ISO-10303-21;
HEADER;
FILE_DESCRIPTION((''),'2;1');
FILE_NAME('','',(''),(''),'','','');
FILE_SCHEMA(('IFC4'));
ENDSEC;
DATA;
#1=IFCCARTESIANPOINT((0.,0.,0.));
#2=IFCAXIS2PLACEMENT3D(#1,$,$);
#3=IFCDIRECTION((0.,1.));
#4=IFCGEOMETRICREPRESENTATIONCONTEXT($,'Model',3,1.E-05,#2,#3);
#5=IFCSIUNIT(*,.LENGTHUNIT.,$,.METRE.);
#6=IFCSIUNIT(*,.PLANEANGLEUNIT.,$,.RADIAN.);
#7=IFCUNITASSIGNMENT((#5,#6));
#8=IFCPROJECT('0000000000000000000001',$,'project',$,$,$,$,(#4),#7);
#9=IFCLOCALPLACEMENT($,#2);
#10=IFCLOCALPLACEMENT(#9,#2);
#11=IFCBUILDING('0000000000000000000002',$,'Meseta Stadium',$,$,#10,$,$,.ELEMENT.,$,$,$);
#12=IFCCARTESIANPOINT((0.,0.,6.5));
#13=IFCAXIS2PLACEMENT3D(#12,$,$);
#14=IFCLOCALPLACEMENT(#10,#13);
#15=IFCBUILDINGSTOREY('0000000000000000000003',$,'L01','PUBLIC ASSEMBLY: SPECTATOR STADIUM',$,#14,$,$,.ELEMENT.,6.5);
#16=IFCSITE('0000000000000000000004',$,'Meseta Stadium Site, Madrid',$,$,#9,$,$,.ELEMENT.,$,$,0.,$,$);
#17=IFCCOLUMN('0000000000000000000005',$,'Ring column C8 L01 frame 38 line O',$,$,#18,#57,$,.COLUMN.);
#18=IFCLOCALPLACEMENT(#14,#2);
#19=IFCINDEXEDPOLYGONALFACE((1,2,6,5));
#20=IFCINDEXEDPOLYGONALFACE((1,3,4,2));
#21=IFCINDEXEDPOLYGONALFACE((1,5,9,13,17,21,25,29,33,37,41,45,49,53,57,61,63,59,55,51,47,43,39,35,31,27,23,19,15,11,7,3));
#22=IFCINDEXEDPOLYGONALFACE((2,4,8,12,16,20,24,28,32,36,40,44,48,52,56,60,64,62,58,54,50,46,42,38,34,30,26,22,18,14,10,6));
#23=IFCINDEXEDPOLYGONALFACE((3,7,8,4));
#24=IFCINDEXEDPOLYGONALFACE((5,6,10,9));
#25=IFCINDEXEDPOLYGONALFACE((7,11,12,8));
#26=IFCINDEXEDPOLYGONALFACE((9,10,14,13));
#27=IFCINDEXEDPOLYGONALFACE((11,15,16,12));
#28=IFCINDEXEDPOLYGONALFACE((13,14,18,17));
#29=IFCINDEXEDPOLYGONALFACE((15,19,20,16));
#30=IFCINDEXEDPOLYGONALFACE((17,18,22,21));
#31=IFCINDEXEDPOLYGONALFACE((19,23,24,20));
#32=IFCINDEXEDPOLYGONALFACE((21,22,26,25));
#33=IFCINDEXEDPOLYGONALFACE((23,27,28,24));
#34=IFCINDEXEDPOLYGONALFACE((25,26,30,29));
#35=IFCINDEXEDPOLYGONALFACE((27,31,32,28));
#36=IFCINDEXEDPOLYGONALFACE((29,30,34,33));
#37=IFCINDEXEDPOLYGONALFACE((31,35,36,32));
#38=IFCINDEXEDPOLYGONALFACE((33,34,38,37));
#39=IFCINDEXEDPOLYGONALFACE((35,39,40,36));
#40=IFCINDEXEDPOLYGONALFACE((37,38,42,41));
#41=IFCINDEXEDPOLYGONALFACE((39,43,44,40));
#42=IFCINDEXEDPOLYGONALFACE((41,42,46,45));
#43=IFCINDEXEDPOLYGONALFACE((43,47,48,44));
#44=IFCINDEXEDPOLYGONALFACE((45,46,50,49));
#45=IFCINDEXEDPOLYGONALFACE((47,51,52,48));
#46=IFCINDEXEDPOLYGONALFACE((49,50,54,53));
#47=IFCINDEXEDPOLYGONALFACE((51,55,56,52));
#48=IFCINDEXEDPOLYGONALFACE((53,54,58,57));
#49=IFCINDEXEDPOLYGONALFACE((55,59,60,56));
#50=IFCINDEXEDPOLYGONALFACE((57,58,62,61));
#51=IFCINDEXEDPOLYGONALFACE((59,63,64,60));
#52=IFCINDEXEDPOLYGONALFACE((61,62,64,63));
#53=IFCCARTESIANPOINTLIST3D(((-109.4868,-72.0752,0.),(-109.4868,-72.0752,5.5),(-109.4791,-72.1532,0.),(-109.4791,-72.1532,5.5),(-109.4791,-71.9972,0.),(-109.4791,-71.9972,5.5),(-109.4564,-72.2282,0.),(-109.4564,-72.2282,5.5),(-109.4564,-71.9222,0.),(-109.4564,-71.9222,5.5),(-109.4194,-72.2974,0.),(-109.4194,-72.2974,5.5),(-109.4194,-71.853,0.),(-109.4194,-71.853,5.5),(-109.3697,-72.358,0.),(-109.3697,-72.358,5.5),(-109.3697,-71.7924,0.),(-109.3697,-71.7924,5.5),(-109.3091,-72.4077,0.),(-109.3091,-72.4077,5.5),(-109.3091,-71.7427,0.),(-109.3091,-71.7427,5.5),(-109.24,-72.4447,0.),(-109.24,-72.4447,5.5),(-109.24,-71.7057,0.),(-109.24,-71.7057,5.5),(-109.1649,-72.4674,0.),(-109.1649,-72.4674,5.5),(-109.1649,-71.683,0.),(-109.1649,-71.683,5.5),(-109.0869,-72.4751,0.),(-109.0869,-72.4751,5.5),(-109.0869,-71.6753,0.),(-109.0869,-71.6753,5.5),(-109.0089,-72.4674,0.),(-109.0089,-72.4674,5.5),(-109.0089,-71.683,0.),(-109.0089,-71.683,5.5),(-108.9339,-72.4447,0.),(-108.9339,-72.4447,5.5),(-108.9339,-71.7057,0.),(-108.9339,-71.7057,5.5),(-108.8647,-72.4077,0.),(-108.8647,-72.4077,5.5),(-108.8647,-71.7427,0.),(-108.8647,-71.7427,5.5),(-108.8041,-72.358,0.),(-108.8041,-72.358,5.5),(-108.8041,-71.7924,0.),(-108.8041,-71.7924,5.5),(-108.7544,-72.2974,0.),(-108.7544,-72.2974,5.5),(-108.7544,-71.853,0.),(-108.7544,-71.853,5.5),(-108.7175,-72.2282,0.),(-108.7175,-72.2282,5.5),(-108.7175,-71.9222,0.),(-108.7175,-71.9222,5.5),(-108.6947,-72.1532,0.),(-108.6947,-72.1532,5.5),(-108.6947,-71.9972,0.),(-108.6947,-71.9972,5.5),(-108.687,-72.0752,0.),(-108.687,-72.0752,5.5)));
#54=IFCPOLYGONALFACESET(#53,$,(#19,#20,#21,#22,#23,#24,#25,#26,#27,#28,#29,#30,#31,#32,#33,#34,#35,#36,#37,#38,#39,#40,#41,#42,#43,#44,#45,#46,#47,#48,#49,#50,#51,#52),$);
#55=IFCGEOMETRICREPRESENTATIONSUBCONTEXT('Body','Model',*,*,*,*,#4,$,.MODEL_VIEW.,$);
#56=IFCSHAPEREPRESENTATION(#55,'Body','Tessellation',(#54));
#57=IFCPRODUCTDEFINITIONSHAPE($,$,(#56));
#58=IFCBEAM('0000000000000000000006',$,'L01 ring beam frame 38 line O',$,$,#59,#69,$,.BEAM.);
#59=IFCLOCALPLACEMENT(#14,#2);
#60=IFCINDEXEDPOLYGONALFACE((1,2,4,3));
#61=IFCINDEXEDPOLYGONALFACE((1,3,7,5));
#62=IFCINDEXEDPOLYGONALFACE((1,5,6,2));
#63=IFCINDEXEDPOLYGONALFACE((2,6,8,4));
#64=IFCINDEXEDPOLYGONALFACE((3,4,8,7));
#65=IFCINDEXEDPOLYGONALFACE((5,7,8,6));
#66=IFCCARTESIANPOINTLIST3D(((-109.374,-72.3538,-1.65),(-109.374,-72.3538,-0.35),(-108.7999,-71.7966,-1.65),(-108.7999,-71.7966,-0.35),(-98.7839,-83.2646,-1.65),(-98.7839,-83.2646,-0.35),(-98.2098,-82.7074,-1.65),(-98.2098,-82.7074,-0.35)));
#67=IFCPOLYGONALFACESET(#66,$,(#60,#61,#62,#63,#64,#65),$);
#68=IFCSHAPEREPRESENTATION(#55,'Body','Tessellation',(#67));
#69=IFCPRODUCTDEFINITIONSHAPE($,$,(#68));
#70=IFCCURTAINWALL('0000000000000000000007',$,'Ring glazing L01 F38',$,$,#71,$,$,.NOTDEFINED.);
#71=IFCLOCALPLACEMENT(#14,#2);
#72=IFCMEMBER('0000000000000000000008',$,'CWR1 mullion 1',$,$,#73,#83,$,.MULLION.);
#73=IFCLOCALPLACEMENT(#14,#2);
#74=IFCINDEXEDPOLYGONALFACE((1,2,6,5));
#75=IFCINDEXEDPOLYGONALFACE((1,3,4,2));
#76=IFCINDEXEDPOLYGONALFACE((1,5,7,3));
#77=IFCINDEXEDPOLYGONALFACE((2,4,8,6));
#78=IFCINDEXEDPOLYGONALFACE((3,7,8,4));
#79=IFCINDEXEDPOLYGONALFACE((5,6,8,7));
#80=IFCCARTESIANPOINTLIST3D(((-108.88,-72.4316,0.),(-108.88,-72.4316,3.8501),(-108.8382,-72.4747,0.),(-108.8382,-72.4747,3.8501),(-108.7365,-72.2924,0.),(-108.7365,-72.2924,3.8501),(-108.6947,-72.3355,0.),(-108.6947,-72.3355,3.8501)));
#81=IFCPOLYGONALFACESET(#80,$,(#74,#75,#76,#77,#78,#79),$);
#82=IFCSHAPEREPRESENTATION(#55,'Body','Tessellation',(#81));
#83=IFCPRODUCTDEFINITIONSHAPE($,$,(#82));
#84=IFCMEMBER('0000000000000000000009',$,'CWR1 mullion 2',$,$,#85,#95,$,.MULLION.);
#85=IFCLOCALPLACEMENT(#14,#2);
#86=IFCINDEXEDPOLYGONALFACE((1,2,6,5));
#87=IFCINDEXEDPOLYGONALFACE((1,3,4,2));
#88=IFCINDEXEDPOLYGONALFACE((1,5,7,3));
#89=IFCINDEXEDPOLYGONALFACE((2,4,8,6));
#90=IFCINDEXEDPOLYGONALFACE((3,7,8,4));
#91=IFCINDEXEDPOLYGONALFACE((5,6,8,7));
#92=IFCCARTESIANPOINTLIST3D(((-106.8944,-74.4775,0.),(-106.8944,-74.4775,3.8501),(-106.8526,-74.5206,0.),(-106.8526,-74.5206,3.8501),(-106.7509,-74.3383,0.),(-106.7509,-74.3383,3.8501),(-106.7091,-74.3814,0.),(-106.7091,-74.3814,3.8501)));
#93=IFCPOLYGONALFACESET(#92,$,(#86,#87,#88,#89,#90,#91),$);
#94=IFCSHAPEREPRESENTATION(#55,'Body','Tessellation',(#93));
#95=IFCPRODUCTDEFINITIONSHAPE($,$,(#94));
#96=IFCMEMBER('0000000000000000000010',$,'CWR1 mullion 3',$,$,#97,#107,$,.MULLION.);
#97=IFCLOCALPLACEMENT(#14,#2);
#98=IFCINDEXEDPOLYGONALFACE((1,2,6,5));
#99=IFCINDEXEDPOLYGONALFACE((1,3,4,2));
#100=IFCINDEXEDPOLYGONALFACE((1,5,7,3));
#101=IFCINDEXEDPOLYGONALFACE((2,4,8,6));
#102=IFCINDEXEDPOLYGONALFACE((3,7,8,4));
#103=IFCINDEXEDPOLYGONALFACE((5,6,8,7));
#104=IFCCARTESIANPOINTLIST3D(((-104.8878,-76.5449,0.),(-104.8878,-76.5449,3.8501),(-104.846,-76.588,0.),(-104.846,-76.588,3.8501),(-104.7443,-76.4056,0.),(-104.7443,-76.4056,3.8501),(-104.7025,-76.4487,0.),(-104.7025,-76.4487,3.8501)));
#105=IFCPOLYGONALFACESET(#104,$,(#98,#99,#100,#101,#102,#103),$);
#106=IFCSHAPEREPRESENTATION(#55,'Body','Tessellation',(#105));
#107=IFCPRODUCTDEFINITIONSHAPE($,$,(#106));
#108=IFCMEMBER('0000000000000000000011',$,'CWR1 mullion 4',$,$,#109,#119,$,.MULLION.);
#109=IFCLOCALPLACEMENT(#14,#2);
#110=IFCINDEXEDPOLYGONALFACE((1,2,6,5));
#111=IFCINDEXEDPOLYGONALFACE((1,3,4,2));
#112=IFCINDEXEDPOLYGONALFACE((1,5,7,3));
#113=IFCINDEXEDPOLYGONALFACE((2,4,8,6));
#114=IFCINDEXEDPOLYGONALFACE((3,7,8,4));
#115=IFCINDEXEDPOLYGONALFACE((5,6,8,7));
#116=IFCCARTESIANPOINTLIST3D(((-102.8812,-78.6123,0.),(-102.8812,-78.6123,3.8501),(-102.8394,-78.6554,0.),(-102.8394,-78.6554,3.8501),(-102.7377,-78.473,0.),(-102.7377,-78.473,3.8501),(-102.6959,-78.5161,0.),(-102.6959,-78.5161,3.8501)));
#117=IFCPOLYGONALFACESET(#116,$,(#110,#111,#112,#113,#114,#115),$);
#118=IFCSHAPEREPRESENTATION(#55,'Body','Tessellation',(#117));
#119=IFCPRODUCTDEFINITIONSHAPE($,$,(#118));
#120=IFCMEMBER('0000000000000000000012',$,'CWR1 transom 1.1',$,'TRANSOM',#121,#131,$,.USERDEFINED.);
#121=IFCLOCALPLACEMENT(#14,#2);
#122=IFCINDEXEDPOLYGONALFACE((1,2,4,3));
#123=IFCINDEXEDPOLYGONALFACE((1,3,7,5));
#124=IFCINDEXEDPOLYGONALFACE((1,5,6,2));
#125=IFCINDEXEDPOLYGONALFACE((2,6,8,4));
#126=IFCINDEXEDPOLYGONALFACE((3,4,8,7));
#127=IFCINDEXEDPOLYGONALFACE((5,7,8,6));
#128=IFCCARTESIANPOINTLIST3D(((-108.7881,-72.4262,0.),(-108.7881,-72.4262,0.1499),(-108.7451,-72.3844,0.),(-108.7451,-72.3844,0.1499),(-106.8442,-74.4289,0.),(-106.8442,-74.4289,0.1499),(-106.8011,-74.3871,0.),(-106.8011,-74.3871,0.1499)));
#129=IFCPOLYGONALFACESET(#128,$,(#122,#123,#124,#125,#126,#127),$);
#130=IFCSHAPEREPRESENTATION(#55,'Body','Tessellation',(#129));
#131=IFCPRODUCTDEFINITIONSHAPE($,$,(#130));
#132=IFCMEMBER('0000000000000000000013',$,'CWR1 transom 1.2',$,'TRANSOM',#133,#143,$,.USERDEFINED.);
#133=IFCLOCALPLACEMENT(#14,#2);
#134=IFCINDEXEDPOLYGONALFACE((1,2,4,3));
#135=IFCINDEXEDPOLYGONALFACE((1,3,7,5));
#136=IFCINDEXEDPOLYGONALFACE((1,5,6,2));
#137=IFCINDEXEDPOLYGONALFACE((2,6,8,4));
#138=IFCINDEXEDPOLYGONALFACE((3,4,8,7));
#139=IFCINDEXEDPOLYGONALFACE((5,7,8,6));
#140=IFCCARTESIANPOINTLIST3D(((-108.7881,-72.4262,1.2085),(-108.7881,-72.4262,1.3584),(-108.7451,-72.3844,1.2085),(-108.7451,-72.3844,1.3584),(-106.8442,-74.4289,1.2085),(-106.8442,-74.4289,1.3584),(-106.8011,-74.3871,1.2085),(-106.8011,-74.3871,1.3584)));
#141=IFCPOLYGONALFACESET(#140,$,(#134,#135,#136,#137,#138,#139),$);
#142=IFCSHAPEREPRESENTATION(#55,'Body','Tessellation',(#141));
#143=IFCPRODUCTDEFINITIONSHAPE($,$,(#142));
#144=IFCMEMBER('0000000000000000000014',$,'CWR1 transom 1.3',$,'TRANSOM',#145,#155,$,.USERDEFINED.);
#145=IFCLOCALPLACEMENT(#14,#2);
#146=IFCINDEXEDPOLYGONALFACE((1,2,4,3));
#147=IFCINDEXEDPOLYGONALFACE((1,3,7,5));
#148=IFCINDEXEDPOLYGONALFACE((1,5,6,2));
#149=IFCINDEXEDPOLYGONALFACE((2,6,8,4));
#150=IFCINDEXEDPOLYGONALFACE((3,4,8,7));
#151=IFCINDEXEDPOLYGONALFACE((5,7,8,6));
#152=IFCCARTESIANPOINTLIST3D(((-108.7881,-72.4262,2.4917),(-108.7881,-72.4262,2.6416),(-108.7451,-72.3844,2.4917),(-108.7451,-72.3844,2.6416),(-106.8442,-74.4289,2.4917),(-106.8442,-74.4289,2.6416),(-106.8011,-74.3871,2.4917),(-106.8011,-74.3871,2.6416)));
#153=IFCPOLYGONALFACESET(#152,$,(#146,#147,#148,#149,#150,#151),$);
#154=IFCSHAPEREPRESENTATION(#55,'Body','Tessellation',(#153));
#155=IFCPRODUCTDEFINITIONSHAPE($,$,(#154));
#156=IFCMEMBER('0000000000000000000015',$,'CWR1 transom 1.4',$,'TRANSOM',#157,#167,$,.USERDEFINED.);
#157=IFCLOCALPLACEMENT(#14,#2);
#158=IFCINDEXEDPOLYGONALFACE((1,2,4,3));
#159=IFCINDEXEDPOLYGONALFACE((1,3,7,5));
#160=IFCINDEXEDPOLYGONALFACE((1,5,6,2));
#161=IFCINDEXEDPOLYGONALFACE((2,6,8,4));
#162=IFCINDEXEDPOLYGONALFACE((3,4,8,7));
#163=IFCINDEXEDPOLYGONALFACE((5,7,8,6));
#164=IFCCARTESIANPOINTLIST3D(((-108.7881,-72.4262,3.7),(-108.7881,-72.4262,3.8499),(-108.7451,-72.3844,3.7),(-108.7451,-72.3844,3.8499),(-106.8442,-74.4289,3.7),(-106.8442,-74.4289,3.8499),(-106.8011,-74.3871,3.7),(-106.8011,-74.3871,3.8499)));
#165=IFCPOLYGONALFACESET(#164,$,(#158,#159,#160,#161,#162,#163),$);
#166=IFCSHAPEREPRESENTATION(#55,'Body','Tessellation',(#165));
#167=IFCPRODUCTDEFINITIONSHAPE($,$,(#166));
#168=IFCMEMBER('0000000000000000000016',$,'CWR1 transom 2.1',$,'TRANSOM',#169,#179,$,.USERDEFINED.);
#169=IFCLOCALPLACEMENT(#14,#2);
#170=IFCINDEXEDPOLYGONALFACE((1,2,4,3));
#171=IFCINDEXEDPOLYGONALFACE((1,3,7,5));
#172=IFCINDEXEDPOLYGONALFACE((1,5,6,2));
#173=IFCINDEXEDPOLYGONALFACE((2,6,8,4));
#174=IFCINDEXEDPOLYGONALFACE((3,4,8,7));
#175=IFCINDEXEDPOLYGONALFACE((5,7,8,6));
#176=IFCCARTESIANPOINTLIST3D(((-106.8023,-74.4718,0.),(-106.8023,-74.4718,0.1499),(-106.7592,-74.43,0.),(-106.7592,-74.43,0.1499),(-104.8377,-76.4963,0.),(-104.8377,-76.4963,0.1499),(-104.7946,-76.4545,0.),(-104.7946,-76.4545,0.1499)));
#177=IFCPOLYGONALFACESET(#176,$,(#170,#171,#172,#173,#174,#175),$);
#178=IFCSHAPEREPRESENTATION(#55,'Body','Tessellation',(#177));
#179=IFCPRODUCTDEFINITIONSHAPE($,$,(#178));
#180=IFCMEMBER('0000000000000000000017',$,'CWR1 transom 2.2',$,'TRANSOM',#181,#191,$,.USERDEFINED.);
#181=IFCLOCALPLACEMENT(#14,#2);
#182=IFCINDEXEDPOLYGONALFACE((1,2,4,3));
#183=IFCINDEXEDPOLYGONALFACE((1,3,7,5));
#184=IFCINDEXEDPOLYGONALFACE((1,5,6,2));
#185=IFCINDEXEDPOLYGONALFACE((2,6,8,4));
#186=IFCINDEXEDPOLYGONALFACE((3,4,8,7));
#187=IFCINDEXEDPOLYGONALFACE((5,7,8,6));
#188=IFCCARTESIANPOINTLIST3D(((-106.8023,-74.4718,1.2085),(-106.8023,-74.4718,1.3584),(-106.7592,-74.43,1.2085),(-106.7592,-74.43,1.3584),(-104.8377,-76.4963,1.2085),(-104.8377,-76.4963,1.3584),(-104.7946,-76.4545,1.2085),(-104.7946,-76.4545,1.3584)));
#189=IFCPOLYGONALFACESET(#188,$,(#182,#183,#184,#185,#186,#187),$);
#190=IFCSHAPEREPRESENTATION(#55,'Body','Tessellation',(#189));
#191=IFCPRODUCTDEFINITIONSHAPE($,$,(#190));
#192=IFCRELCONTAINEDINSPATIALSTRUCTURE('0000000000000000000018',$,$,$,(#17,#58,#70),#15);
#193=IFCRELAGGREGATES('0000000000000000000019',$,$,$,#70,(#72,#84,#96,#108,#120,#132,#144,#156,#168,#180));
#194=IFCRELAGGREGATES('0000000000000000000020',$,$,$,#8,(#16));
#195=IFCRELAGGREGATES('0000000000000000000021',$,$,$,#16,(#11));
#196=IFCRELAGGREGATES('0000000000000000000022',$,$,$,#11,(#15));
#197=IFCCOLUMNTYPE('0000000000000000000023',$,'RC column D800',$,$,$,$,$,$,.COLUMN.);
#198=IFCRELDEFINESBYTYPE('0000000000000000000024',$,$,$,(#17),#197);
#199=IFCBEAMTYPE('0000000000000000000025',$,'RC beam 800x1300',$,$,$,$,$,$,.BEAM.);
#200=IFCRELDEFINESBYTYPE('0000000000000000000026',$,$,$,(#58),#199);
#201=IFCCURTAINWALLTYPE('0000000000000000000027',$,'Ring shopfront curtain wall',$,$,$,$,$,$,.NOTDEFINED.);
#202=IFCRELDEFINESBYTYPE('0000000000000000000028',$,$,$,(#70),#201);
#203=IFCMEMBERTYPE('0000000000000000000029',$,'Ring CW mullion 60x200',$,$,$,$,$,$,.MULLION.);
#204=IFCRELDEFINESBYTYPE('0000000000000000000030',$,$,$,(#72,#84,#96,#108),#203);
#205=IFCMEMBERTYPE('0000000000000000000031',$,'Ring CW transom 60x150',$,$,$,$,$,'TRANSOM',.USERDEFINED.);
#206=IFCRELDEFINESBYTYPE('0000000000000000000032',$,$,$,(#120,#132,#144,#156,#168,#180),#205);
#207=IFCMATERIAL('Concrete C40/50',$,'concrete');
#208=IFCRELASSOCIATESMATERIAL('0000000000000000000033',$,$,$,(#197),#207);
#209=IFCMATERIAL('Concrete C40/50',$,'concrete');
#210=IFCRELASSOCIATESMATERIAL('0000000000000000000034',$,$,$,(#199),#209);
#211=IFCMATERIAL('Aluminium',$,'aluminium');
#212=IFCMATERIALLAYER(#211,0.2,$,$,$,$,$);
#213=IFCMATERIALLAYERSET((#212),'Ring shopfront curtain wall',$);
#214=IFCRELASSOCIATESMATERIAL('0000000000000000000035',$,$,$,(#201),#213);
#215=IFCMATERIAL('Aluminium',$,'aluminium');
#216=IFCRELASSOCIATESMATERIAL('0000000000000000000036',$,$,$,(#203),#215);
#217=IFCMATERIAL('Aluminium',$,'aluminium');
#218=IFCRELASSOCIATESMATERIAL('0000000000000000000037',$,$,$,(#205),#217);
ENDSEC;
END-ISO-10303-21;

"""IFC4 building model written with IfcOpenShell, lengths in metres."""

from ifc_helpers import new_model, si_unit, direction, frame, origin, origin_2d, place, context, subcontext, project, spatial, rectangle, circle, extrude, material, layer, layer_set, material_profile, profile_set, type_object, element, aggregate, save


model = new_model("IFC4")

# Units and contexts
model_context = context("Model", 3, precision=1e-05, world=origin(), true_north=direction((0.0, 1.0)))
body_context = subcontext(model_context, "Body", "Model", "MODEL_VIEW")
ifc_project = project(units=[si_unit("LENGTHUNIT", "METRE"), si_unit("PLANEANGLEUNIT", "RADIAN")], contexts=[model_context])

# Site, building, storey
site_placement = place(None, origin())
site = spatial("IfcSite", under=ifc_project, at=site_placement, Name="Meseta Stadium Site, Madrid", CompositionType="ELEMENT", RefElevation=0.0)
building_placement = place(site_placement, origin())
building = spatial("IfcBuilding", under=site, at=building_placement, Name="Meseta Stadium", CompositionType="ELEMENT")
storey_placement = place(building_placement, frame((0.0, 0.0, 6.5)))
storey = spatial("IfcBuildingStorey", under=building, at=storey_placement, Name="L01", Description="PUBLIC ASSEMBLY: SPECTATOR STADIUM", CompositionType="ELEMENT", Elevation=6.5)

# Column
ifc_material_1 = material(Name="Concrete C40/50", Category="concrete")
ifc_material_profile_1 = material_profile(ifc_material_1, circle(Radius=0.3999, at=origin_2d()), Name="RC D800")
ifc_profile_set_1 = profile_set([ifc_material_profile_1], Name="Concrete C40/50")
column_type = type_object("IfcColumnType", Name="RC column D800", PredefinedType="COLUMN", material=ifc_profile_set_1)
column_placement = place(storey_placement, frame((-109.0869, -72.0752, 0.0), z_axis=(0.0, 0.0, 1.0), x_axis=(1.0, 0.0, 0.0)))
element("IfcColumn", 1, at=column_placement, inside=storey, type_object=column_type, Name="Ring column C8 L01 frame 38 line O", PredefinedType="COLUMN", context=body_context, shape_type="SweptSolid", body=[
    extrude(circle(Radius=0.3999, at=origin_2d()), origin(), (0.0, 0.0, 1.0), 5.5),
])

# Beam
ifc_material_2 = material(Name="Concrete C40/50", Category="concrete")
ifc_material_profile_2 = material_profile(ifc_material_2, rectangle(XDim=0.8, YDim=1.3, at=origin_2d()), Name="RC 800x1300")
ifc_profile_set_2 = profile_set([ifc_material_profile_2], Name="Concrete C40/50")
beam_type = type_object("IfcBeamType", Name="RC beam 800x1300", PredefinedType="BEAM", material=ifc_profile_set_2)
beam_placement = place(storey_placement, frame((-109.0869, -72.0752, -1.0), z_axis=(0.696479, -0.717577, 0.0), x_axis=(0.717577, 0.696479, 0.0)))
element("IfcBeam", 2, at=beam_placement, inside=storey, type_object=beam_type, Name="L01 ring beam frame 38 line O", PredefinedType="BEAM", context=body_context, shape_type="SweptSolid", body=[
    extrude(rectangle(XDim=0.8, YDim=1.3, at=origin_2d()), origin(), (0.0, 0.0, 1.0), 15.2051),
])

# Curtain wall, members
ifc_material_3 = material(Name="Aluminium", Category="aluminium")
ifc_layer_1 = layer(ifc_material_3, 0.2)
ifc_layer_set_1 = layer_set([ifc_layer_1], Name="Ring shopfront curtain wall")
curtain_wall_type = type_object("IfcCurtainWallType", Name="Ring shopfront curtain wall", PredefinedType="NOTDEFINED", material=ifc_layer_set_1)
curtain_wall_placement = place(storey_placement, origin())
curtain_wall = element("IfcCurtainWall", 3, at=curtain_wall_placement, inside=storey, type_object=curtain_wall_type, Name="Ring glazing L01 F38", PredefinedType="NOTDEFINED")
ifc_material_4 = material(Name="Aluminium", Category="aluminium")
ifc_material_profile_3 = material_profile(ifc_material_4, rectangle(XDim=0.2, YDim=0.0601, at=origin_2d()), Name="CW 200x60")
ifc_profile_set_3 = profile_set([ifc_material_profile_3], Name="Aluminium")
member_type_1 = type_object("IfcMemberType", Name="Ring CW mullion 60x200", PredefinedType="MULLION", material=ifc_profile_set_3)
member_1_placement = place(storey_placement, frame((-108.7874, -72.3835, 0.0), z_axis=(0.0, 0.0, 1.0), x_axis=(0.717583, 0.696473, 0.0)))
member_1 = element("IfcMember", 4, at=member_1_placement, type_object=member_type_1, Name="CWR1 mullion 1", PredefinedType="MULLION", context=body_context, shape_type="SweptSolid", body=[
    extrude(rectangle(XDim=0.2, YDim=0.0601, at=origin_2d()), origin(), (0.0, 0.0, 1.0), 3.8501),
])
member_2_placement = place(storey_placement, frame((-106.8018, -74.4294, 0.0), z_axis=(0.0, 0.0, 1.0), x_axis=(0.717583, 0.696473, 0.0)))
member_2 = element("IfcMember", 5, at=member_2_placement, type_object=member_type_1, Name="CWR1 mullion 2", PredefinedType="MULLION", context=body_context, shape_type="SweptSolid", body=[
    extrude(rectangle(XDim=0.2, YDim=0.0601, at=origin_2d()), origin(), (0.0, 0.0, 1.0), 3.8501),
])
member_3_placement = place(storey_placement, frame((-104.7952, -76.4968, 0.0), z_axis=(0.0, 0.0, 1.0), x_axis=(0.717583, 0.696473, 0.0)))
member_3 = element("IfcMember", 6, at=member_3_placement, type_object=member_type_1, Name="CWR1 mullion 3", PredefinedType="MULLION", context=body_context, shape_type="SweptSolid", body=[
    extrude(rectangle(XDim=0.2, YDim=0.0601, at=origin_2d()), origin(), (0.0, 0.0, 1.0), 3.8501),
])
member_4_placement = place(storey_placement, frame((-102.7886, -78.5642, 0.0), z_axis=(0.0, 0.0, 1.0), x_axis=(0.717583, 0.696473, 0.0)))
member_4 = element("IfcMember", 7, at=member_4_placement, type_object=member_type_1, Name="CWR1 mullion 4", PredefinedType="MULLION", context=body_context, shape_type="SweptSolid", body=[
    extrude(rectangle(XDim=0.2, YDim=0.0601, at=origin_2d()), origin(), (0.0, 0.0, 1.0), 3.8501),
])
ifc_material_5 = material(Name="Aluminium", Category="aluminium")
ifc_material_profile_4 = material_profile(ifc_material_5, rectangle(XDim=0.0601, YDim=0.1499, at=origin_2d()), Name="CW 60x150")
ifc_profile_set_4 = profile_set([ifc_material_profile_4], Name="Aluminium")
member_type_2 = type_object("IfcMemberType", Name="Ring CW transom 60x150", ElementType="TRANSOM", PredefinedType="USERDEFINED", material=ifc_profile_set_4)
member_5_placement = place(storey_placement, frame((-108.7666, -72.4053, 0.075), z_axis=(0.696487, -0.717569, 0.0), x_axis=(0.717569, 0.696487, 0.0)))
member_5 = element("IfcMember", 8, at=member_5_placement, type_object=member_type_2, Name="CWR1 transom 1.1", ObjectType="TRANSOM", PredefinedType="USERDEFINED", context=body_context, shape_type="SweptSolid", body=[
    extrude(rectangle(XDim=0.0601, YDim=0.1499, at=origin_2d()), origin(), (0.0, 0.0, 1.0), 2.791),
])
member_6_placement = place(storey_placement, frame((-108.7666, -72.4053, 1.2834), z_axis=(0.696487, -0.717569, 0.0), x_axis=(0.717569, 0.696487, 0.0)))
member_6 = element("IfcMember", 9, at=member_6_placement, type_object=member_type_2, Name="CWR1 transom 1.2", ObjectType="TRANSOM", PredefinedType="USERDEFINED", context=body_context, shape_type="SweptSolid", body=[
    extrude(rectangle(XDim=0.0601, YDim=0.1499, at=origin_2d()), origin(), (0.0, 0.0, 1.0), 2.791),
])
member_7_placement = place(storey_placement, frame((-108.7666, -72.4053, 2.5667), z_axis=(0.696487, -0.717569, 0.0), x_axis=(0.717569, 0.696487, 0.0)))
member_7 = element("IfcMember", 10, at=member_7_placement, type_object=member_type_2, Name="CWR1 transom 1.3", ObjectType="TRANSOM", PredefinedType="USERDEFINED", context=body_context, shape_type="SweptSolid", body=[
    extrude(rectangle(XDim=0.0601, YDim=0.1499, at=origin_2d()), origin(), (0.0, 0.0, 1.0), 2.791),
])
member_8_placement = place(storey_placement, frame((-108.7666, -72.4053, 3.7749), z_axis=(0.696487, -0.717569, 0.0), x_axis=(0.717569, 0.696487, 0.0)))
member_8 = element("IfcMember", 11, at=member_8_placement, type_object=member_type_2, Name="CWR1 transom 1.4", ObjectType="TRANSOM", PredefinedType="USERDEFINED", context=body_context, shape_type="SweptSolid", body=[
    extrude(rectangle(XDim=0.0601, YDim=0.1499, at=origin_2d()), origin(), (0.0, 0.0, 1.0), 2.791),
])
member_9_placement = place(storey_placement, frame((-106.7808, -74.4509, 0.075), z_axis=(0.696426, -0.717629, 0.0), x_axis=(0.717629, 0.696426, 0.0)))
member_9 = element("IfcMember", 12, at=member_9_placement, type_object=member_type_2, Name="CWR1 transom 2.1", ObjectType="TRANSOM", PredefinedType="USERDEFINED", context=body_context, shape_type="SweptSolid", body=[
    extrude(rectangle(XDim=0.0601, YDim=0.1499, at=origin_2d()), origin(), (0.0, 0.0, 1.0), 2.821),
])
member_10_placement = place(storey_placement, frame((-106.7808, -74.4509, 1.2834), z_axis=(0.696426, -0.717629, 0.0), x_axis=(0.717629, 0.696426, 0.0)))
member_10 = element("IfcMember", 13, at=member_10_placement, type_object=member_type_2, Name="CWR1 transom 2.2", ObjectType="TRANSOM", PredefinedType="USERDEFINED", context=body_context, shape_type="SweptSolid", body=[
    extrude(rectangle(XDim=0.0601, YDim=0.1499, at=origin_2d()), origin(), (0.0, 0.0, 1.0), 2.821),
])
aggregate(curtain_wall, [member_1, member_2, member_3, member_4, member_5, member_6, member_7, member_8, member_9, member_10])

save(model, "model.ifc")
